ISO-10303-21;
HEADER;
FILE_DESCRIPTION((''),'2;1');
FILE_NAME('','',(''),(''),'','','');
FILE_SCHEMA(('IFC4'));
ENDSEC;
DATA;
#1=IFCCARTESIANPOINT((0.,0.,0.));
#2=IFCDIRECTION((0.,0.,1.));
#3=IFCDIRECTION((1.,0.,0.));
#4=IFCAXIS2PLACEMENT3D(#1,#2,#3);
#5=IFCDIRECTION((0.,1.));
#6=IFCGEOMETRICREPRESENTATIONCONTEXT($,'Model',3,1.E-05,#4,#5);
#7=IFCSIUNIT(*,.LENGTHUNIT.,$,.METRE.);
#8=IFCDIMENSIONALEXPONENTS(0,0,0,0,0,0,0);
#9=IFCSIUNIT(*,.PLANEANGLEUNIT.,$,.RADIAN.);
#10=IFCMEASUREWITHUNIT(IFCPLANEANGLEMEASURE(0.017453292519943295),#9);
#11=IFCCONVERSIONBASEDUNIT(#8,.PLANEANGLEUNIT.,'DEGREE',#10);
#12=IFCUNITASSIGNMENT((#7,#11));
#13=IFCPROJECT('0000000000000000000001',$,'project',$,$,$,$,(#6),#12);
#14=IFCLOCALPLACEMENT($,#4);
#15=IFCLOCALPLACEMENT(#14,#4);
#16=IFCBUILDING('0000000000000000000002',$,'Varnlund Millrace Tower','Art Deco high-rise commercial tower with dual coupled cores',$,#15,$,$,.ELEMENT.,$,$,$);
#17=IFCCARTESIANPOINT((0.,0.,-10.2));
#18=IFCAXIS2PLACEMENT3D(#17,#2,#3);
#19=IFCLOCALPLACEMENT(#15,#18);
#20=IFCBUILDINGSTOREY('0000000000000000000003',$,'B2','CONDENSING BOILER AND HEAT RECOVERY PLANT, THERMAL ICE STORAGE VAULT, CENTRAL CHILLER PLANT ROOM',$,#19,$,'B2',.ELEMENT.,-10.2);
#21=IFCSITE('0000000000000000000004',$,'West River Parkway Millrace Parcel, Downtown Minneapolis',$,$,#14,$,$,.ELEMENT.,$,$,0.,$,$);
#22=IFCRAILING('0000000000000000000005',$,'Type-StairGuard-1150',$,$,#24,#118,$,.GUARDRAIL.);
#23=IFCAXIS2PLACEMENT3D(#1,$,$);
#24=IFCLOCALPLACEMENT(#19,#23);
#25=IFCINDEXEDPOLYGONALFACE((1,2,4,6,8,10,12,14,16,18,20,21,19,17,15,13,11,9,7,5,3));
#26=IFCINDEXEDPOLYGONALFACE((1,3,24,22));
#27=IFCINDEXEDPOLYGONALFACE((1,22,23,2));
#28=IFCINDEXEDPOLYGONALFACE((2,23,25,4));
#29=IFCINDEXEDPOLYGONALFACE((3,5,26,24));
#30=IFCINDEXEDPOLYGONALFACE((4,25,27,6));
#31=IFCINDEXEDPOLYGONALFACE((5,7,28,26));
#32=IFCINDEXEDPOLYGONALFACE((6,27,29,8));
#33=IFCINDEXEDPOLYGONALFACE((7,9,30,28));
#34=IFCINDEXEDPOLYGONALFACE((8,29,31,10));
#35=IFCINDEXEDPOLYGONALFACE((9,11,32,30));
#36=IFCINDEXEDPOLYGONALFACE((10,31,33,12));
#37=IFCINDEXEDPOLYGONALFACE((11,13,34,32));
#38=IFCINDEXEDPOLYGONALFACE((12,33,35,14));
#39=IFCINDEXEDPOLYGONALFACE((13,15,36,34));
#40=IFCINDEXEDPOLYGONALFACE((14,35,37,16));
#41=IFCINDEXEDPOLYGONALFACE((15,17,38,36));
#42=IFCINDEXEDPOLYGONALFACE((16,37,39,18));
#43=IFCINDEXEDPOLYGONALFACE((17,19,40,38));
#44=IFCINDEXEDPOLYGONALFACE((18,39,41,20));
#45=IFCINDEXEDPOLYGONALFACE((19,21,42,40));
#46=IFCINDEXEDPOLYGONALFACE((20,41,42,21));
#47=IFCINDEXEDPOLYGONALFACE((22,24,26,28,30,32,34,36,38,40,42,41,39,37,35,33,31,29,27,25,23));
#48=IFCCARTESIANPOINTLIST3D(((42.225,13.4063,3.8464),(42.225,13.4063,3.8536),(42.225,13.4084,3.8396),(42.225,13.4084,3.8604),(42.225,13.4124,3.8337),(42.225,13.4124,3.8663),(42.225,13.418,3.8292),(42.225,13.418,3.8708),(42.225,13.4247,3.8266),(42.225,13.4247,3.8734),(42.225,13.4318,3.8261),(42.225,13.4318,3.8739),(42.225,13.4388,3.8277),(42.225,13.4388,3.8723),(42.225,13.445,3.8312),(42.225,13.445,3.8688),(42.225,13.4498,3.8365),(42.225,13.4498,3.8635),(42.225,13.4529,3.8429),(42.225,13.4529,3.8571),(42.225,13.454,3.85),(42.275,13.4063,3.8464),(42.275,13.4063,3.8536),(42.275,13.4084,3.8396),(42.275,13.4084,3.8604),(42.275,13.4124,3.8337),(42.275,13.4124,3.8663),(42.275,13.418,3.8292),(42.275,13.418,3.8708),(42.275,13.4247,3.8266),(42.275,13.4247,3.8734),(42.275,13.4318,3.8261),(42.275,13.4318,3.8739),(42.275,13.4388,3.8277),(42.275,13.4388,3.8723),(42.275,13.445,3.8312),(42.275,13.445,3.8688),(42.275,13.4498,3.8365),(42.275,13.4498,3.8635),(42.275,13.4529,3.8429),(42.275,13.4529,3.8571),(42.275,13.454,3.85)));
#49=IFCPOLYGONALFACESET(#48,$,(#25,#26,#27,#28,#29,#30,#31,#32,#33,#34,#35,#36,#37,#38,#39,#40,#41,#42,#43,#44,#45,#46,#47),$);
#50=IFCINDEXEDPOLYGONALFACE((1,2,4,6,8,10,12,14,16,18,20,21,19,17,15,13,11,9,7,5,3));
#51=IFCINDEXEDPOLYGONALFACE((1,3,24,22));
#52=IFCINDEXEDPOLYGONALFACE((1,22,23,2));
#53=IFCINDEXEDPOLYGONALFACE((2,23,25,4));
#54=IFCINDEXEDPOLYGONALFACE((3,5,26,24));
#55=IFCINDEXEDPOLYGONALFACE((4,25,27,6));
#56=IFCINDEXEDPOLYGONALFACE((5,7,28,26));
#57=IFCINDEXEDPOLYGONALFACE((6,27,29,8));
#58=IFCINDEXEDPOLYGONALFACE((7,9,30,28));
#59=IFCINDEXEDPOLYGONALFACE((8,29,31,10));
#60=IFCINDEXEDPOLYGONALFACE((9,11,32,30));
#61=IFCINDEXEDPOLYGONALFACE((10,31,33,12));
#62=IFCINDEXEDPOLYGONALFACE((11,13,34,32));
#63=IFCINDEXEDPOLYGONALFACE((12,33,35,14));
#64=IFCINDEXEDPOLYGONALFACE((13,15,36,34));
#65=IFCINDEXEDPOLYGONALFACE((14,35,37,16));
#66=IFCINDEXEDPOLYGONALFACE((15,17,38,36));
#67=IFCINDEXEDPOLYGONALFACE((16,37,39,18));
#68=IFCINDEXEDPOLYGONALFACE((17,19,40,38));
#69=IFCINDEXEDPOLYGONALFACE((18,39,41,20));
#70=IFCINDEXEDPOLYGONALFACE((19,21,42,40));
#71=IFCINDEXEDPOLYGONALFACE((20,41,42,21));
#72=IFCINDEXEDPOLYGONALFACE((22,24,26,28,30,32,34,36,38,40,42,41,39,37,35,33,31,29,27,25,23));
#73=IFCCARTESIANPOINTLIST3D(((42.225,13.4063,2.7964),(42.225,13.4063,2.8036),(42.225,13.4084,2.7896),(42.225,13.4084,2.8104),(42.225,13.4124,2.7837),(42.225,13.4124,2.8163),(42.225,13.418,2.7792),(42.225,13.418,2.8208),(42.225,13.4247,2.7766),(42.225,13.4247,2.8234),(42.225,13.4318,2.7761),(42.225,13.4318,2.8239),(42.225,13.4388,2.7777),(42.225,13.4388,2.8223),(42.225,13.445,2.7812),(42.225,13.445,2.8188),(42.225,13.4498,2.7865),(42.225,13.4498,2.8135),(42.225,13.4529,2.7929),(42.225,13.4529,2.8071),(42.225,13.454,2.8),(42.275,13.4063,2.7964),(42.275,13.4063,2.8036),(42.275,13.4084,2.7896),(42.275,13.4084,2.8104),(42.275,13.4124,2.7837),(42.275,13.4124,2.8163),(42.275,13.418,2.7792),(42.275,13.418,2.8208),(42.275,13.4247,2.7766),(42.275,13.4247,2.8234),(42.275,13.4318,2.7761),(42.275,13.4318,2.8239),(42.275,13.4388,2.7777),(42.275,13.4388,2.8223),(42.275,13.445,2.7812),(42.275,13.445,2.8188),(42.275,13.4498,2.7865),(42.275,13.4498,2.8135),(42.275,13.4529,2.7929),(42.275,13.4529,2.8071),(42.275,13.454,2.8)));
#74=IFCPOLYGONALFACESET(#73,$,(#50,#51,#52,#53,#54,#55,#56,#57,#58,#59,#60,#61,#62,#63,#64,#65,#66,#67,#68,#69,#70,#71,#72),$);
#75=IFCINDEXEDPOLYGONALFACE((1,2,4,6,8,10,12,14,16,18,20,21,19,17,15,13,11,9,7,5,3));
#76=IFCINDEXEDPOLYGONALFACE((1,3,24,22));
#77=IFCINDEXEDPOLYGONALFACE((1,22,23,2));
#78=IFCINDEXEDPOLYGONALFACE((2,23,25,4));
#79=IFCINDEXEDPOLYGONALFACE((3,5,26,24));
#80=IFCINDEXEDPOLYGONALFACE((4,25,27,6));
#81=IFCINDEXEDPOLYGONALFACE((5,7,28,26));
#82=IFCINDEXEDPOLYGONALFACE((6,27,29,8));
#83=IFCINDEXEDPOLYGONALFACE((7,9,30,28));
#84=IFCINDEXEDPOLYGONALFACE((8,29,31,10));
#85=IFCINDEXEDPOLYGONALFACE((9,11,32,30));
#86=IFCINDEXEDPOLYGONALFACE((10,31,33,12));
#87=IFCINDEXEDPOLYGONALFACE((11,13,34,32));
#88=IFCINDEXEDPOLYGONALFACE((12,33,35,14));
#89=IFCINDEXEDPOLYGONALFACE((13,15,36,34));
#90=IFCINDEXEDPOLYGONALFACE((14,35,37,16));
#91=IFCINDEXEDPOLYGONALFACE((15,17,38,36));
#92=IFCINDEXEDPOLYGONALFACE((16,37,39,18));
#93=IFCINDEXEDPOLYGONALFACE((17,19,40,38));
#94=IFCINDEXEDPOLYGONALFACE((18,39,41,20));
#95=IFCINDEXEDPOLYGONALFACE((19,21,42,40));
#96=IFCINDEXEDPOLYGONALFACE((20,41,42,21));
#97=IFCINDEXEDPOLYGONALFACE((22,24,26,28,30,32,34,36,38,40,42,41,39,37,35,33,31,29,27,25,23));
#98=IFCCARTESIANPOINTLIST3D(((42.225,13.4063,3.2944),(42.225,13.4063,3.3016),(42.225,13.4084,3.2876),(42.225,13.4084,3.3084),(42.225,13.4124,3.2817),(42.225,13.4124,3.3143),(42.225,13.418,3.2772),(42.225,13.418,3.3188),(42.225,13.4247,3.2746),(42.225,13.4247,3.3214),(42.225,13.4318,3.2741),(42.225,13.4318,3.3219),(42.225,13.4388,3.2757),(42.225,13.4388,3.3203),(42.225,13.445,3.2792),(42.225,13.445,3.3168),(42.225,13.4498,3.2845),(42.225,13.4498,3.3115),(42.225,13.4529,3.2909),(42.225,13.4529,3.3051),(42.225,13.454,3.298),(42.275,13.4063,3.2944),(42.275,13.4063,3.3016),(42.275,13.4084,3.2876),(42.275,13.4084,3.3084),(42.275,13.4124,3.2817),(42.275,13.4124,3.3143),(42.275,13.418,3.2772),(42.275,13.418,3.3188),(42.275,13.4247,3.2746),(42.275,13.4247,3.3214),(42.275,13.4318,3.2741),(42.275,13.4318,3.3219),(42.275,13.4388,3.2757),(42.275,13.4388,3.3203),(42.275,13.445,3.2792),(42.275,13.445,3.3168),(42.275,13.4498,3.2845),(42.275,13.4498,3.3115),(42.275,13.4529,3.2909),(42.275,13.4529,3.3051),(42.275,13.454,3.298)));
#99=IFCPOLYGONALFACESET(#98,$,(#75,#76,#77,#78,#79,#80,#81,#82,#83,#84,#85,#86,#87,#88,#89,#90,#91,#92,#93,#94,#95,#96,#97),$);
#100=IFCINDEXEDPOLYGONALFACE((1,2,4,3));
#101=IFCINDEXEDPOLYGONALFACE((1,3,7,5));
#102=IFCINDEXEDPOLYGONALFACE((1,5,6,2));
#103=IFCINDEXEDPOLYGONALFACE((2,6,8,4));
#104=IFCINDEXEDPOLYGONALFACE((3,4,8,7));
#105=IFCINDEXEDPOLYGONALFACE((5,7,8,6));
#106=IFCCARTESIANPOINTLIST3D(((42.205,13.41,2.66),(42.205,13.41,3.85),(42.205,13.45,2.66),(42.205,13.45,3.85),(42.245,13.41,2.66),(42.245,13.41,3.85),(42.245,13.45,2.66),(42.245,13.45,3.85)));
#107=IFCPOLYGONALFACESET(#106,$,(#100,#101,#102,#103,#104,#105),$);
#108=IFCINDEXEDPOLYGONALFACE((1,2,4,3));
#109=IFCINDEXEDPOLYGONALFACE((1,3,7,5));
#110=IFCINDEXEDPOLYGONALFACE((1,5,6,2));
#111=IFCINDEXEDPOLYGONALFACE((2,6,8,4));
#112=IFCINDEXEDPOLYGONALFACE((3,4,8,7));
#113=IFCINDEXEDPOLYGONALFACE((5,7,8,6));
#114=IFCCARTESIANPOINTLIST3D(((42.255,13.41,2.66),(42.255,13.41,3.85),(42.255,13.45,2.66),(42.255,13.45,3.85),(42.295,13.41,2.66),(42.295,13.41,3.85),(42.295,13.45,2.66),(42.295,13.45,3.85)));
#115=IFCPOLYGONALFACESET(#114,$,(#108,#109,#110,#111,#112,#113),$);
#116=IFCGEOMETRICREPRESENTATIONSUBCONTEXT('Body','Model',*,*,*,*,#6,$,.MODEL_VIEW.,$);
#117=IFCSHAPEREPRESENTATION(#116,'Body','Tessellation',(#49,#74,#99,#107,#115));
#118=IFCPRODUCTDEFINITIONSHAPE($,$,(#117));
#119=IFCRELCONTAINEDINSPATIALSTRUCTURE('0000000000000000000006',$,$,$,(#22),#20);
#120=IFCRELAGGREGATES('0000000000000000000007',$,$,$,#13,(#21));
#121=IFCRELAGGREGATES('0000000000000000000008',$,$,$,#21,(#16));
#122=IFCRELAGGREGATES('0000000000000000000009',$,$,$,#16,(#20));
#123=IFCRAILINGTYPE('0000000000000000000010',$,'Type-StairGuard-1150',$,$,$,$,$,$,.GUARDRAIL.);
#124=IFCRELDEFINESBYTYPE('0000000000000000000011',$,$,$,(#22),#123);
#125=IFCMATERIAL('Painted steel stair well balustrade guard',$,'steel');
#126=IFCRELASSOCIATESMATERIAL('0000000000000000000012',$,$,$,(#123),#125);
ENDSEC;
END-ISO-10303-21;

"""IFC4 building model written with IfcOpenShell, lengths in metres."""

from ifc_helpers import new_model, entity, si_unit, converted_unit, direction, frame, origin_with_axes, origin_2d_with_axis, place, context, subcontext, project, spatial, rectangle, circle, extrude, material, type_object, element, save


model = new_model("IFC4")

# Units and contexts
model_context = context("Model", 3, precision=1e-05, world=origin_with_axes(), true_north=direction((0.0, 1.0)))
body_context = subcontext(model_context, "Body", "Model", "MODEL_VIEW")
ifc_project = project(units=[si_unit("LENGTHUNIT", "METRE"), converted_unit("PLANEANGLEUNIT", "DEGREE", entity("IfcPlaneAngleMeasure", 0.017453292519943295), si_unit("PLANEANGLEUNIT", "RADIAN"), dimensions=[0, 0, 0, 0, 0, 0, 0])], contexts=[model_context])

# Site, building, storey
site_placement = place(None, origin_with_axes())
site = spatial("IfcSite", under=ifc_project, at=site_placement, Name="West River Parkway Millrace Parcel, Downtown Minneapolis", CompositionType="ELEMENT", RefElevation=0.0)
building_placement = place(site_placement, origin_with_axes())
building = spatial("IfcBuilding", under=site, at=building_placement, Name="Varnlund Millrace Tower", Description="Art Deco high-rise commercial tower with dual coupled cores", CompositionType="ELEMENT")
storey_placement = place(building_placement, frame((0.0, 0.0, -10.2), z_axis=(0.0, 0.0, 1.0), x_axis=(1.0, 0.0, 0.0)))
storey = spatial("IfcBuildingStorey", under=building, at=storey_placement, Name="B2", Description="CONDENSING BOILER AND HEAT RECOVERY PLANT, THERMAL ICE STORAGE VAULT, CENTRAL CHILLER PLANT ROOM", LongName="B2", CompositionType="ELEMENT", Elevation=-10.2)

# Railing
ifc_material_1 = material(Name="Painted steel stair well balustrade guard", Category="steel")
railing_type_1 = type_object("IfcRailingType", Name="Type-StairGuard-1150", PredefinedType="GUARDRAIL", material=ifc_material_1)
railing_1_placement = place(storey_placement, frame((0.0, 0.0, 10.2), z_axis=(0.0, 0.0, 1.0), x_axis=(1.0, 0.0, 0.0)))
element("IfcRailing", 1, at=railing_1_placement, inside=storey, type_object=railing_type_1, Name="Type-StairGuard-1150", PredefinedType="GUARDRAIL", context=body_context, shape_type="SweptSolid", body=[
    extrude(circle(Radius=0.024, at=origin_2d_with_axis()), frame((42.225, 13.43, -6.35), z_axis=(1.0, 0.0, 0.0), x_axis=(0.0, 1.0, 0.0)), (0.0, 0.0, 1.0), 0.05),
    extrude(circle(Radius=0.024, at=origin_2d_with_axis()), frame((42.225, 13.43, -7.4), z_axis=(1.0, 0.0, 0.0), x_axis=(0.0, 1.0, 0.0)), (0.0, 0.0, 1.0), 0.05),
    extrude(circle(Radius=0.024, at=origin_2d_with_axis()), frame((42.225, 13.43, -6.902), z_axis=(1.0, 0.0, 0.0), x_axis=(0.0, 1.0, 0.0)), (0.0, 0.0, 1.0), 0.05),
    extrude(rectangle(XDim=0.04, YDim=0.04, at=origin_2d_with_axis()), frame((42.225, 13.43, -7.54), z_axis=(0.0, 0.0, 1.0), x_axis=(1.0, 0.0, 0.0)), (0.0, 0.0, 1.0), 1.19),
    extrude(rectangle(XDim=0.04, YDim=0.04, at=origin_2d_with_axis()), frame((42.275, 13.43, -7.54), z_axis=(0.0, 0.0, 1.0), x_axis=(1.0, 0.0, 0.0)), (0.0, 0.0, 1.0), 1.19),
])

save(model, "model.ifc")
